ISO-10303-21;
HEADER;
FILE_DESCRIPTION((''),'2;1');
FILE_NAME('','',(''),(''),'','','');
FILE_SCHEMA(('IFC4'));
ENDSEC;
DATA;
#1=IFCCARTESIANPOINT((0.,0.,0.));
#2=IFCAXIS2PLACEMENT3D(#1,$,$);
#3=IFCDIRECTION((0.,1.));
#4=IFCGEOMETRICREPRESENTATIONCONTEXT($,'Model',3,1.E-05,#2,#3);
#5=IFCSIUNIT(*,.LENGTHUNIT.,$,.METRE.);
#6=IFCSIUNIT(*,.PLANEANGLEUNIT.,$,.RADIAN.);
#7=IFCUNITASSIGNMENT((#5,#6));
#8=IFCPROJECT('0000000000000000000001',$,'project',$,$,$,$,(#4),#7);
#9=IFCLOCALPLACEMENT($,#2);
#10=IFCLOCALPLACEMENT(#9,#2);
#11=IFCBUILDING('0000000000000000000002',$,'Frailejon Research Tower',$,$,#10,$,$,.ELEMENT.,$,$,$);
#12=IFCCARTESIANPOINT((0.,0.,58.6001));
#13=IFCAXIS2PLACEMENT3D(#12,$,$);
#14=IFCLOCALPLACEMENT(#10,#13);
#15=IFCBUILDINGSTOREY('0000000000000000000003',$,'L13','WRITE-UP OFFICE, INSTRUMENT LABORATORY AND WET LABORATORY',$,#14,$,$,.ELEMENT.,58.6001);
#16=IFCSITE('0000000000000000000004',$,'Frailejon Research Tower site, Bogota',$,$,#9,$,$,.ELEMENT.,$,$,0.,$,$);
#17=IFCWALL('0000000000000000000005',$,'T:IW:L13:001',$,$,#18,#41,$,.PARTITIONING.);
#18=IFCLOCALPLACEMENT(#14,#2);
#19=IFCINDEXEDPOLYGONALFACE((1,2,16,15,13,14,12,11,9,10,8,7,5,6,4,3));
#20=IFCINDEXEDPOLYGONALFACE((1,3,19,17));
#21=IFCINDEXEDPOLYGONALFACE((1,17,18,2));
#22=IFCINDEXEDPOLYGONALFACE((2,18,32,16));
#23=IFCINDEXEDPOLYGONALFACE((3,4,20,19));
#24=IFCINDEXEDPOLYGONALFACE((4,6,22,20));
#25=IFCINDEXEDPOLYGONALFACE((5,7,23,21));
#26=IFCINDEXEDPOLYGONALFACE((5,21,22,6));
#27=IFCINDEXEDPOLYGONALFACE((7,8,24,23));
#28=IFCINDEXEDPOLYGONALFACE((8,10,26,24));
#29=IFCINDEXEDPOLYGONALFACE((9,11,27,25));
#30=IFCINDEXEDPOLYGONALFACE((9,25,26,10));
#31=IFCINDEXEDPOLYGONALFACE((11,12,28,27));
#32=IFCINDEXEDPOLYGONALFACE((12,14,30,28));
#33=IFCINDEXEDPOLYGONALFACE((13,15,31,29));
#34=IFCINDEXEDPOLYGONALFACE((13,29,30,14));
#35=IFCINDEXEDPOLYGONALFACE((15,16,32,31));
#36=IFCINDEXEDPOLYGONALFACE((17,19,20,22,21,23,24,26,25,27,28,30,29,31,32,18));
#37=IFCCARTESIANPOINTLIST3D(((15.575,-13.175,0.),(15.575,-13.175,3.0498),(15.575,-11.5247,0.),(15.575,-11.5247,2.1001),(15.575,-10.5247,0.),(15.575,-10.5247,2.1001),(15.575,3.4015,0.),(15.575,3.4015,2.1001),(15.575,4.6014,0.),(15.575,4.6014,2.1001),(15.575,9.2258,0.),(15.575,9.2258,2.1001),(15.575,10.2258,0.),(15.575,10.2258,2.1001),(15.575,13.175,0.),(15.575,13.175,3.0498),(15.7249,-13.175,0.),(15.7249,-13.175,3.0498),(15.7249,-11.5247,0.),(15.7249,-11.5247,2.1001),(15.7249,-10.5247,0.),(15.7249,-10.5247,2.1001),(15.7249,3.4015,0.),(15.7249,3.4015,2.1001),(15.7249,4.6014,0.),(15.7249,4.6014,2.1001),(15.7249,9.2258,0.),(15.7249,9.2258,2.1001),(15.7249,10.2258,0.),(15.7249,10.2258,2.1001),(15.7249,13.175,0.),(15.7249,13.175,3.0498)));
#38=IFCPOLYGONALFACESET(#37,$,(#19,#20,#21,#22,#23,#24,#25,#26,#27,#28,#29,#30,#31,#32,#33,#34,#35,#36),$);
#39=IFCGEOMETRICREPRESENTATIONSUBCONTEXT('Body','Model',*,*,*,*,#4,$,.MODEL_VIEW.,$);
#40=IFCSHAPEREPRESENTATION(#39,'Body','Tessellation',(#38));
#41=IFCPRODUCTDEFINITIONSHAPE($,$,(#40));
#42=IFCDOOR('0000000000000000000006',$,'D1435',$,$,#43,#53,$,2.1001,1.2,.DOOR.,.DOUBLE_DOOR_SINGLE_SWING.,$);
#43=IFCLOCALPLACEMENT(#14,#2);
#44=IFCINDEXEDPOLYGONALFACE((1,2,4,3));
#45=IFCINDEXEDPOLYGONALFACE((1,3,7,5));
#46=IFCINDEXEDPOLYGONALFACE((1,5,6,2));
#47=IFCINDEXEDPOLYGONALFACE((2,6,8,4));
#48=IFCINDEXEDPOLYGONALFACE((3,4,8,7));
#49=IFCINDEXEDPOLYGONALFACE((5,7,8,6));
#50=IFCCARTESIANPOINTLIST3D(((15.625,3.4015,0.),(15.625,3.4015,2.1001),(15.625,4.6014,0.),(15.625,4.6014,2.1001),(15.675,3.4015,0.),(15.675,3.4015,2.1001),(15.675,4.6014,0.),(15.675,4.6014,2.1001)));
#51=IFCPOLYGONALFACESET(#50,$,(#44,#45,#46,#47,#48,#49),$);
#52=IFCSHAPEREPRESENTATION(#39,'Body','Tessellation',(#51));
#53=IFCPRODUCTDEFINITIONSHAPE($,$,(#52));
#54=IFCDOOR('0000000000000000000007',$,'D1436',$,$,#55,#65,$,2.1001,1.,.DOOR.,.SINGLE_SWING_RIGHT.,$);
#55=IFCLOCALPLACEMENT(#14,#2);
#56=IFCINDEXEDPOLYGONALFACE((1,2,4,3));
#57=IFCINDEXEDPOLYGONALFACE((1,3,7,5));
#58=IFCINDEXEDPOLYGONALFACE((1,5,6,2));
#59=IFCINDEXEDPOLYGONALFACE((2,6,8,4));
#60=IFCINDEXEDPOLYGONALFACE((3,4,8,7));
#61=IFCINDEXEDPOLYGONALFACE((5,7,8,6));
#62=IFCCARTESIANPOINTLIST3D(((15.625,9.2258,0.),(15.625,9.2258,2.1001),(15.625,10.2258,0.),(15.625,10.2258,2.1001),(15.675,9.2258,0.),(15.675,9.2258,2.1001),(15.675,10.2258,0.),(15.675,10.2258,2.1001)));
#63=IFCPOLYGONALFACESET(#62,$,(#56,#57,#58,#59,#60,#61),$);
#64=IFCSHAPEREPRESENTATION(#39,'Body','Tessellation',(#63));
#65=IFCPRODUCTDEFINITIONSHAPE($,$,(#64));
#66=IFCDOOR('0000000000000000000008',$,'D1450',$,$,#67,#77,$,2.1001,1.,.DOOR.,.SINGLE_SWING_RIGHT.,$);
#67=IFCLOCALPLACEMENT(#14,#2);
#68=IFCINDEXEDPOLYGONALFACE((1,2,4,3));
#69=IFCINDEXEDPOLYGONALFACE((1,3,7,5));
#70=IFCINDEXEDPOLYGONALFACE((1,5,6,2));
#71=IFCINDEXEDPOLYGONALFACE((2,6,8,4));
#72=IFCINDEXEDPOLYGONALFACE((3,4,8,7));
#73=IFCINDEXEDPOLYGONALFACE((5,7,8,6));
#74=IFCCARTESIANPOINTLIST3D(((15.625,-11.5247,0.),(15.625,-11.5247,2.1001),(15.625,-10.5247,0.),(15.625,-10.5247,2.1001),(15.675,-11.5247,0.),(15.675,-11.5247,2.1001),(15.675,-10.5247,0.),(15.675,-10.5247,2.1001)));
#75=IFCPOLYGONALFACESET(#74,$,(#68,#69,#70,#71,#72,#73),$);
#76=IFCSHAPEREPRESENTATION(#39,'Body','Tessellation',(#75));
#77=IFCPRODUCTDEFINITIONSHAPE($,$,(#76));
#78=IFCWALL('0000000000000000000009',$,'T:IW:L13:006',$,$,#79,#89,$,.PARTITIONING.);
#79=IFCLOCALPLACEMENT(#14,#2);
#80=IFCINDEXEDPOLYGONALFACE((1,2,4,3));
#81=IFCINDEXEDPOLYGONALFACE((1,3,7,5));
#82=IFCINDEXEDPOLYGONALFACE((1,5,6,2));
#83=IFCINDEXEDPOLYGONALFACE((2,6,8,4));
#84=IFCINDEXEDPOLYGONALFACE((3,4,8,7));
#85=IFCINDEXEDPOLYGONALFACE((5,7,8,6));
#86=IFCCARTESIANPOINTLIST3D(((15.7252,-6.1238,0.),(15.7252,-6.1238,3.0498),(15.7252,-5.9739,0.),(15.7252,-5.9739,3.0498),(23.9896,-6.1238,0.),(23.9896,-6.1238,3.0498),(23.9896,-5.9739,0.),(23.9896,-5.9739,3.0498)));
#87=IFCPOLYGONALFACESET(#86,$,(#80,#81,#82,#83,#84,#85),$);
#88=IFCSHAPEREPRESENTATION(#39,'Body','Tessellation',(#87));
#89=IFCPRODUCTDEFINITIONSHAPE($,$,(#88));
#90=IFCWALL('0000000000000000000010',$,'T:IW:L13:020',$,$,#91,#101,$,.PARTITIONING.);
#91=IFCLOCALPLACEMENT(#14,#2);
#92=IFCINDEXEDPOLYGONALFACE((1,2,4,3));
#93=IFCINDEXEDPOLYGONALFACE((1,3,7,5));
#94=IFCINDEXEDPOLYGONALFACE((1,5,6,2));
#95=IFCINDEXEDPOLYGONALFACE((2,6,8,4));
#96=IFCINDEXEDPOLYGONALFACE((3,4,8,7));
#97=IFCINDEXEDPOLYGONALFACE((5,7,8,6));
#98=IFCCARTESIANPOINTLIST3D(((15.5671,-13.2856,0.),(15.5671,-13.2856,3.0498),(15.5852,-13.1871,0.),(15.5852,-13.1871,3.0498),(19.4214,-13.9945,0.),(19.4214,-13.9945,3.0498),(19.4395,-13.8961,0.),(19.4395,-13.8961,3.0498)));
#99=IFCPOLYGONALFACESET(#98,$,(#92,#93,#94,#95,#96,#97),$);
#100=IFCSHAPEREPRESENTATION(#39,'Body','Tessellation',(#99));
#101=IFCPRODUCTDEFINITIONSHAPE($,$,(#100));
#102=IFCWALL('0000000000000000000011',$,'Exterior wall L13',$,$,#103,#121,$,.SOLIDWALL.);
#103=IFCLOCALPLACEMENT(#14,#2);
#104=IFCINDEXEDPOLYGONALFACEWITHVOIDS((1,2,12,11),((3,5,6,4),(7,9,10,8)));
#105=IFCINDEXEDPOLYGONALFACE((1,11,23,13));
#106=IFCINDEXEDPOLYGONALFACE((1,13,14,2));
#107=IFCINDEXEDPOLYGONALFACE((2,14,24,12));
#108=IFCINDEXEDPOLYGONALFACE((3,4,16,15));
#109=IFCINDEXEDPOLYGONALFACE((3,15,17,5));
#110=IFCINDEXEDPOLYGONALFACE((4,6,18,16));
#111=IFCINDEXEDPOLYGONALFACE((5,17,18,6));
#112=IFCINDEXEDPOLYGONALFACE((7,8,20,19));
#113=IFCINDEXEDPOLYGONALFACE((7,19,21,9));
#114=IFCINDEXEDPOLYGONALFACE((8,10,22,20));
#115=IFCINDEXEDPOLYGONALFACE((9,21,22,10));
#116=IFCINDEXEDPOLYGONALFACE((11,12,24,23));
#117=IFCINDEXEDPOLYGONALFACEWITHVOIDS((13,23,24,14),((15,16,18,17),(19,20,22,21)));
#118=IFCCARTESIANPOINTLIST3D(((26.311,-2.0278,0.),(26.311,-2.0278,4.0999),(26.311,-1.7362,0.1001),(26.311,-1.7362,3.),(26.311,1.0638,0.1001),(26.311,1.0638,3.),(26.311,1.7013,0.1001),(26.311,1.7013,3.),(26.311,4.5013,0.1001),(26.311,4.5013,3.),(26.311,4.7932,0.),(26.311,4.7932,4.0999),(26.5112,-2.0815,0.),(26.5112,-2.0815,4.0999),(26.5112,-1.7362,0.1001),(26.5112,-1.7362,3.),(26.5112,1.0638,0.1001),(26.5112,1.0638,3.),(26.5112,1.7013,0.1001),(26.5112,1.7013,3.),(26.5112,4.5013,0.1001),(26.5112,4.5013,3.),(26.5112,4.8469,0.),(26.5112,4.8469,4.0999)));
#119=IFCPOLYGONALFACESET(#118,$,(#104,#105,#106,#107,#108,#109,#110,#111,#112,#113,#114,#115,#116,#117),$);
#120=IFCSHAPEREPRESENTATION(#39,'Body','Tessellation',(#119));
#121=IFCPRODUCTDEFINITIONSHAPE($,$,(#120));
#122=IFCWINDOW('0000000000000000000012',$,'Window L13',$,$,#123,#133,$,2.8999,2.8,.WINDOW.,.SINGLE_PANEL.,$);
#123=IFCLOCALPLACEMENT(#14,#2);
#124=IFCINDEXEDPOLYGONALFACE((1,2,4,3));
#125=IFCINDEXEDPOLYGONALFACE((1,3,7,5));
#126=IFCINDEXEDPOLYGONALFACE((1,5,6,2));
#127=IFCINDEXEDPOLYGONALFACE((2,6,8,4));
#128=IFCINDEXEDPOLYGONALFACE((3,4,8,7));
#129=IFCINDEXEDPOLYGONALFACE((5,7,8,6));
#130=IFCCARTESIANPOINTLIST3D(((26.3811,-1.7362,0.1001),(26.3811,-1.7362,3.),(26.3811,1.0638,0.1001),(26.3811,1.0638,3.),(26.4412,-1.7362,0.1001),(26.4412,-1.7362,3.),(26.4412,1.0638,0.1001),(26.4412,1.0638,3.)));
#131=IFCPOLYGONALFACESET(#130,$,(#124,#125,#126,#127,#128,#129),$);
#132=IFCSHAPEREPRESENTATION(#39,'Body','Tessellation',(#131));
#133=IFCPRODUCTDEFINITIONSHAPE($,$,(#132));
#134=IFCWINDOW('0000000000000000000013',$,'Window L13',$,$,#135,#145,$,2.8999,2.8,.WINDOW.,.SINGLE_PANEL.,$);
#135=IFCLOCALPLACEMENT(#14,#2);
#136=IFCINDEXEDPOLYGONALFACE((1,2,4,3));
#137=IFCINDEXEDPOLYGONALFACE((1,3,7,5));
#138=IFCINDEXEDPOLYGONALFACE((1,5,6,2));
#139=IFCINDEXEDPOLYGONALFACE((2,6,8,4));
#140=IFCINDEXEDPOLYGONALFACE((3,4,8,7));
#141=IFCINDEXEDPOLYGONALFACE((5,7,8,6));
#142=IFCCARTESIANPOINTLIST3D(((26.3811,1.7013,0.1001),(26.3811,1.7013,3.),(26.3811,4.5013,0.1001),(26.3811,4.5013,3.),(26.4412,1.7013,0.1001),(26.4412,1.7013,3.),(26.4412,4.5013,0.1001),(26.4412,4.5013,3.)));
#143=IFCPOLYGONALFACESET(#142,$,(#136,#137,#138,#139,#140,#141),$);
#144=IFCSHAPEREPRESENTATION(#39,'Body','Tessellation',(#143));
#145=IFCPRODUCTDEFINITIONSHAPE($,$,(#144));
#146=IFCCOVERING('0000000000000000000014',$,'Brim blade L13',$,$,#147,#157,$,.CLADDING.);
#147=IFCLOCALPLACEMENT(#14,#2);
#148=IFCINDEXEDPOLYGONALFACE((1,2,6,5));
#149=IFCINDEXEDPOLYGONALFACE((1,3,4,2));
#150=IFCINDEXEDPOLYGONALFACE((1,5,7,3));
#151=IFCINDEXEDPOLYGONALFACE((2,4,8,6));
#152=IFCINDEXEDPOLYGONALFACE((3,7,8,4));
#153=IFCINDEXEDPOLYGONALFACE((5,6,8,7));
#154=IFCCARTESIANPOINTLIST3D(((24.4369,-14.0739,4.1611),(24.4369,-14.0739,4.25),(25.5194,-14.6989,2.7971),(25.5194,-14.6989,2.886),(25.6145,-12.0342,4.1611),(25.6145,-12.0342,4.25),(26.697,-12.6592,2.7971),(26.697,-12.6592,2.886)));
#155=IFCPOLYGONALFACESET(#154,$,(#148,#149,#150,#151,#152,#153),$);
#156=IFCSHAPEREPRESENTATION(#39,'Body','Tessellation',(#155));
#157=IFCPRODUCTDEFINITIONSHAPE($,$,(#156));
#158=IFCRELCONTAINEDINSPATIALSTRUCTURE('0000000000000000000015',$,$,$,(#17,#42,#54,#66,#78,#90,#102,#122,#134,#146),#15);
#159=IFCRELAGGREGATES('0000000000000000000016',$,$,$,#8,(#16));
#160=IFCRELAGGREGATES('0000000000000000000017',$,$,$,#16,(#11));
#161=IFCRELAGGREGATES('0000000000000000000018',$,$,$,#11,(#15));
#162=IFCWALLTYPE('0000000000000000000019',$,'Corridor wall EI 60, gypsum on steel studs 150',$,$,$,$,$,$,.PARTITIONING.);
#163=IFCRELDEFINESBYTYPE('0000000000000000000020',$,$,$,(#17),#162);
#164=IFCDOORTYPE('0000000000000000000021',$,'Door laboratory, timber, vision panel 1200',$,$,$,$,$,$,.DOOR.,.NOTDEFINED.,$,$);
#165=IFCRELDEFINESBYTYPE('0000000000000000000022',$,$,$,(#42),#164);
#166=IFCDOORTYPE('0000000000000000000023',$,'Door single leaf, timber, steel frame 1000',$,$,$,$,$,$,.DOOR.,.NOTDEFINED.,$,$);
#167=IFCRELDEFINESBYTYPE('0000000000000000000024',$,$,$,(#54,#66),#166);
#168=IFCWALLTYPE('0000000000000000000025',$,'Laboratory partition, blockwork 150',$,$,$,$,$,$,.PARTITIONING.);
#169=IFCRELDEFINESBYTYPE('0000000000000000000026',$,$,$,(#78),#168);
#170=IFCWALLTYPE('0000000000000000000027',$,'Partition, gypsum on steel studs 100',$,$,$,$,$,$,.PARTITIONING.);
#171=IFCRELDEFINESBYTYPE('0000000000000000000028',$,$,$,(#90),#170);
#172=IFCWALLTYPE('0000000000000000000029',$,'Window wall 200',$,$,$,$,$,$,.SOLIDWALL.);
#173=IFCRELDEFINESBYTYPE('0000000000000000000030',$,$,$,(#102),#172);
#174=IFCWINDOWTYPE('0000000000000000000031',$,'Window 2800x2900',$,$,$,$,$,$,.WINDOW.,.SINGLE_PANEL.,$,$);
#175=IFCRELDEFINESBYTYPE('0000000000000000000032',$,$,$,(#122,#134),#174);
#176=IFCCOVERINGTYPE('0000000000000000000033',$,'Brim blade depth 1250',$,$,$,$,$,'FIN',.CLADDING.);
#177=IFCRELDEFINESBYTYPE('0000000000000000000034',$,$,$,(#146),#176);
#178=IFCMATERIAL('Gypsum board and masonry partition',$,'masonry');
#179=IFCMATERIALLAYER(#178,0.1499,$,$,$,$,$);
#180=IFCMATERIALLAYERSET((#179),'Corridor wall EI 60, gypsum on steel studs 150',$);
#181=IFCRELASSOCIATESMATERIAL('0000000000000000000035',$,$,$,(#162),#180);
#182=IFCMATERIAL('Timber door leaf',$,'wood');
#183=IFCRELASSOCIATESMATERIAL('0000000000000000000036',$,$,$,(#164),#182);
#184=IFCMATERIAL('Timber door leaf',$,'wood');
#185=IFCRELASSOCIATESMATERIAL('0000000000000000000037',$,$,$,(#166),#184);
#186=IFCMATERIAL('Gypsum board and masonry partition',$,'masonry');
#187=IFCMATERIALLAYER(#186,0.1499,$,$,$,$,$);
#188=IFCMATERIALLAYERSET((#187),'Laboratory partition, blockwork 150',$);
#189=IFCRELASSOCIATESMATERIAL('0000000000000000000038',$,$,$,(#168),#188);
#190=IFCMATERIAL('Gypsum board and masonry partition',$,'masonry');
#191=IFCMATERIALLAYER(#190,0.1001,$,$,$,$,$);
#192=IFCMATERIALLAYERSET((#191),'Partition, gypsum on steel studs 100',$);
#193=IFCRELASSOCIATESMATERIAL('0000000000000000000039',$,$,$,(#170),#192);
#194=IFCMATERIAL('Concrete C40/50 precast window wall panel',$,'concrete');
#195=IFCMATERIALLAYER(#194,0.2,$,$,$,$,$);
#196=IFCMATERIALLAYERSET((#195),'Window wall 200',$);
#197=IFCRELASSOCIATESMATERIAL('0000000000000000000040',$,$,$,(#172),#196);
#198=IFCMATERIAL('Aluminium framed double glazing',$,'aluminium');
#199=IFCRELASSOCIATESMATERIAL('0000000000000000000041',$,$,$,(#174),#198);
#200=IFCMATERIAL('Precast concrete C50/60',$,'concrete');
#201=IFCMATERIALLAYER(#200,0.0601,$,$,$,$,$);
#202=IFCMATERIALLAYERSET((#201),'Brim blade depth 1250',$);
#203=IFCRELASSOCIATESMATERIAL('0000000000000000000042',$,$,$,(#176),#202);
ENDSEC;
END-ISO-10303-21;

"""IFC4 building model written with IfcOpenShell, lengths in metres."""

from ifc_helpers import new_model, si_unit, direction, frame, frame_2d, origin, place, context, subcontext, project, spatial, polyline, rectangle, outline, extrude, material, layer, layer_set, type_object, element, fill, save


model = new_model("IFC4")

# Units and contexts
model_context = context("Model", 3, precision=1e-05, world=origin(), true_north=direction((0.0, 1.0)))
body_context = subcontext(model_context, "Body", "Model", "MODEL_VIEW")
ifc_project = project(units=[si_unit("LENGTHUNIT", "METRE"), si_unit("PLANEANGLEUNIT", "RADIAN")], contexts=[model_context])

# Site, building, storey
site_placement = place(None, origin())
site = spatial("IfcSite", under=ifc_project, at=site_placement, Name="Frailejon Research Tower site, Bogota", CompositionType="ELEMENT", RefElevation=0.0)
building_placement = place(site_placement, origin())
building = spatial("IfcBuilding", under=site, at=building_placement, Name="Frailejon Research Tower", CompositionType="ELEMENT")
storey_placement = place(building_placement, frame((0.0, 0.0, 58.6001)))
storey = spatial("IfcBuildingStorey", under=building, at=storey_placement, Name="L13", Description="WRITE-UP OFFICE, INSTRUMENT LABORATORY AND WET LABORATORY", CompositionType="ELEMENT", Elevation=58.6001)

# Wall, openings, doors
ifc_material_1 = material(Name="Gypsum board and masonry partition", Category="masonry")
ifc_layer_1 = layer(ifc_material_1, 0.1499)
ifc_layer_set_1 = layer_set([ifc_layer_1], Name="Corridor wall EI 60, gypsum on steel studs 150")
wall_type_1 = type_object("IfcWallType", Name="Corridor wall EI 60, gypsum on steel studs 150", PredefinedType="PARTITIONING", material=ifc_layer_set_1)
wall_1_placement = place(storey_placement, frame((15.6499, -13.175, 0.0), z_axis=(0.0, 0.0, 1.0), x_axis=(0.0, 1.0, 0.0)))
wall_1 = element("IfcWall", 1, at=wall_1_placement, inside=storey, type_object=wall_type_1, Name="T:IW:L13:001", PredefinedType="PARTITIONING", context=body_context, shape_type="SweptSolid", body=[
    extrude(rectangle(XDim=26.3501, YDim=0.1499, at=frame_2d((13.175, 0.0))), origin(), (0.0, 0.0, 1.0), 3.0498),
])
opening_1_placement = place(wall_1_placement, frame((16.5764, 0.0, 0.0)))
opening_1 = element("IfcOpeningElement", 2, at=opening_1_placement, cuts=wall_1, PredefinedType="OPENING", context=body_context, shape_type="SweptSolid", body=[
    extrude(rectangle(XDim=1.2, YDim=2.1001, at=frame_2d((0.6001, 1.05))), frame((0.0, 0.085, 0.0), z_axis=(0.0, -1.0, 0.0), x_axis=(1.0, 0.0, 0.0)), (0.0, 0.0, 1.0), 0.1699),
])
opening_2_placement = place(wall_1_placement, frame((22.4009, 0.0, 0.0)))
opening_2 = element("IfcOpeningElement", 3, at=opening_2_placement, cuts=wall_1, PredefinedType="OPENING", context=body_context, shape_type="SweptSolid", body=[
    extrude(rectangle(XDim=1.0, YDim=2.1001, at=frame_2d((0.5, 1.05))), frame((0.0, 0.085, 0.0), z_axis=(0.0, -1.0, 0.0), x_axis=(1.0, 0.0, 0.0)), (0.0, 0.0, 1.0), 0.1699),
])
opening_3_placement = place(wall_1_placement, frame((1.6504, 0.0, 0.0)))
opening_3 = element("IfcOpeningElement", 4, at=opening_3_placement, cuts=wall_1, PredefinedType="OPENING", context=body_context, shape_type="SweptSolid", body=[
    extrude(rectangle(XDim=1.0, YDim=2.1001, at=frame_2d((0.5, 1.05))), frame((0.0, 0.085, 0.0), z_axis=(0.0, -1.0, 0.0), x_axis=(1.0, 0.0, 0.0)), (0.0, 0.0, 1.0), 0.1699),
])
ifc_material_2 = material(Name="Timber door leaf", Category="wood")
door_type_1 = type_object("IfcDoorType", Name="Door laboratory, timber, vision panel 1200", OperationType="NOTDEFINED", PredefinedType="DOOR", material=ifc_material_2)
door_1_placement = place(opening_1_placement, origin())
door_1 = element("IfcDoor", 5, at=door_1_placement, inside=storey, type_object=door_type_1, Name="D1435", OperationType="DOUBLE_DOOR_SINGLE_SWING", OverallHeight=2.1001, OverallWidth=1.2, PredefinedType="DOOR", context=body_context, shape_type="SweptSolid", body=[
    extrude(rectangle(XDim=1.2, YDim=2.1001, at=frame_2d((0.6001, 1.05))), frame((0.0, 0.0249, 0.0), z_axis=(0.0, -1.0, 0.0), x_axis=(1.0, 0.0, 0.0)), (0.0, 0.0, 1.0), 0.05),
])
fill(opening_1, door_1)
ifc_material_3 = material(Name="Timber door leaf", Category="wood")
door_type_2 = type_object("IfcDoorType", Name="Door single leaf, timber, steel frame 1000", OperationType="NOTDEFINED", PredefinedType="DOOR", material=ifc_material_3)
door_2_placement = place(opening_2_placement, origin())
door_2 = element("IfcDoor", 6, at=door_2_placement, inside=storey, type_object=door_type_2, Name="D1436", OperationType="SINGLE_SWING_RIGHT", OverallHeight=2.1001, OverallWidth=1.0, PredefinedType="DOOR", context=body_context, shape_type="SweptSolid", body=[
    extrude(rectangle(XDim=1.0, YDim=2.1001, at=frame_2d((0.5, 1.05))), frame((0.0, 0.0249, 0.0), z_axis=(0.0, -1.0, 0.0), x_axis=(1.0, 0.0, 0.0)), (0.0, 0.0, 1.0), 0.05),
])
fill(opening_2, door_2)
door_3_placement = place(opening_3_placement, origin())
door_3 = element("IfcDoor", 7, at=door_3_placement, inside=storey, type_object=door_type_2, Name="D1450", OperationType="SINGLE_SWING_RIGHT", OverallHeight=2.1001, OverallWidth=1.0, PredefinedType="DOOR", context=body_context, shape_type="SweptSolid", body=[
    extrude(rectangle(XDim=1.0, YDim=2.1001, at=frame_2d((0.5, 1.05))), frame((0.0, 0.0249, 0.0), z_axis=(0.0, -1.0, 0.0), x_axis=(1.0, 0.0, 0.0)), (0.0, 0.0, 1.0), 0.05),
])
fill(opening_3, door_3)

# Walls
ifc_material_4 = material(Name="Gypsum board and masonry partition", Category="masonry")
ifc_layer_2 = layer(ifc_material_4, 0.1499)
ifc_layer_set_2 = layer_set([ifc_layer_2], Name="Laboratory partition, blockwork 150")
wall_type_2 = type_object("IfcWallType", Name="Laboratory partition, blockwork 150", PredefinedType="PARTITIONING", material=ifc_layer_set_2)
wall_2_placement = place(storey_placement, frame((15.7251, -6.0488, 0.0), z_axis=(0.0, 0.0, 1.0), x_axis=(1.0, 0.0, 0.0)))
element("IfcWall", 8, at=wall_2_placement, inside=storey, type_object=wall_type_2, Name="T:IW:L13:006", PredefinedType="PARTITIONING", context=body_context, shape_type="SweptSolid", body=[
    extrude(rectangle(XDim=8.2644, YDim=0.1499, at=frame_2d((4.1323, 0.0))), origin(), (0.0, 0.0, 1.0), 3.0498),
])
ifc_material_5 = material(Name="Gypsum board and masonry partition", Category="masonry")
ifc_layer_3 = layer(ifc_material_5, 0.1001)
ifc_layer_set_3 = layer_set([ifc_layer_3], Name="Partition, gypsum on steel studs 100")
wall_type_3 = type_object("IfcWallType", Name="Partition, gypsum on steel studs 100", PredefinedType="PARTITIONING", material=ifc_layer_set_3)
wall_3_placement = place(storey_placement, frame((15.5762, -13.2363, 0.0), z_axis=(0.0, 0.0, 1.0), x_axis=(0.983499, -0.180913, 0.0)))
element("IfcWall", 9, at=wall_3_placement, inside=storey, type_object=wall_type_3, Name="T:IW:L13:020", PredefinedType="PARTITIONING", context=body_context, shape_type="SweptSolid", body=[
    extrude(rectangle(XDim=3.9189, YDim=0.1001, at=frame_2d((1.9595, 0.0))), origin(), (0.0, 0.0, 1.0), 3.0498),
])

# Wall, openings, windows
ifc_material_6 = material(Name="Concrete C40/50 precast window wall panel", Category="concrete")
ifc_layer_4 = layer(ifc_material_6, 0.2)
ifc_layer_set_4 = layer_set([ifc_layer_4], Name="Window wall 200")
wall_type_4 = type_object("IfcWallType", Name="Window wall 200", PredefinedType="SOLIDWALL", material=ifc_layer_set_4)
wall_4_placement = place(storey_placement, frame((26.4111, -2.0547, 0.0), z_axis=(0.0, 0.0, 1.0), x_axis=(0.0, 1.0, 0.0)))
wall_4 = element("IfcWall", 10, at=wall_4_placement, inside=storey, type_object=wall_type_4, Name="Exterior wall L13", PredefinedType="SOLIDWALL", context=body_context, shape_type="SweptSolid", body=[
    extrude(outline(polyline([(-0.0269, -0.1001), (1.1279, -0.1001), (2.2827, -0.1001), (3.4375, -0.1001), (4.592, -0.1001), (5.7468, -0.1001), (6.9016, -0.1001), (6.8479, 0.1001), (5.7109, 0.1001), (4.5742, 0.1001), (3.4375, 0.1001), (2.3005, 0.1001), (1.1636, 0.1001), (0.0269, 0.1001), (-0.0269, -0.1001)])), origin(), (0.0, 0.0, 1.0), 4.0999),
])
opening_4_placement = place(wall_4_placement, frame((0.3186, 0.0, 0.1001)))
opening_4 = element("IfcOpeningElement", 11, at=opening_4_placement, cuts=wall_4, PredefinedType="OPENING", context=body_context, shape_type="SweptSolid", body=[
    extrude(rectangle(XDim=2.8, YDim=2.8999, at=frame_2d((1.3999, 1.45))), frame((0.0, 0.1099, 0.0), z_axis=(0.0, -1.0, 0.0), x_axis=(1.0, 0.0, 0.0)), (0.0, 0.0, 1.0), 0.22),
])
opening_5_placement = place(wall_4_placement, frame((3.7561, 0.0, 0.1001)))
opening_5 = element("IfcOpeningElement", 12, at=opening_5_placement, cuts=wall_4, PredefinedType="OPENING", context=body_context, shape_type="SweptSolid", body=[
    extrude(rectangle(XDim=2.8, YDim=2.8999, at=frame_2d((1.3999, 1.45))), frame((0.0, 0.1099, 0.0), z_axis=(0.0, -1.0, 0.0), x_axis=(1.0, 0.0, 0.0)), (0.0, 0.0, 1.0), 0.22),
])
ifc_material_7 = material(Name="Aluminium framed double glazing", Category="aluminium")
window_type = type_object("IfcWindowType", Name="Window 2800x2900", PartitioningType="SINGLE_PANEL", PredefinedType="WINDOW", material=ifc_material_7)
window_1_placement = place(opening_4_placement, origin())
window_1 = element("IfcWindow", 13, at=window_1_placement, inside=storey, type_object=window_type, Name="Window L13", OverallHeight=2.8999, OverallWidth=2.8, PartitioningType="SINGLE_PANEL", PredefinedType="WINDOW", context=body_context, shape_type="SweptSolid", body=[
    extrude(rectangle(XDim=2.8, YDim=2.8999, at=frame_2d((1.3999, 1.45))), frame((0.0, 0.03, 0.0), z_axis=(0.0, -1.0, 0.0), x_axis=(1.0, 0.0, 0.0)), (0.0, 0.0, 1.0), 0.0601),
])
fill(opening_4, window_1)
window_2_placement = place(opening_5_placement, origin())
window_2 = element("IfcWindow", 14, at=window_2_placement, inside=storey, type_object=window_type, Name="Window L13", OverallHeight=2.8999, OverallWidth=2.8, PartitioningType="SINGLE_PANEL", PredefinedType="WINDOW", context=body_context, shape_type="SweptSolid", body=[
    extrude(rectangle(XDim=2.8, YDim=2.8999, at=frame_2d((1.3999, 1.45))), frame((0.0, 0.03, 0.0), z_axis=(0.0, -1.0, 0.0), x_axis=(1.0, 0.0, 0.0)), (0.0, 0.0, 1.0), 0.0601),
])
fill(opening_5, window_2)

# Covering
ifc_material_8 = material(Name="Precast concrete C50/60", Category="concrete")
ifc_layer_5 = layer(ifc_material_8, 0.0601)
ifc_layer_set_5 = layer_set([ifc_layer_5], Name="Brim blade depth 1250")
covering_type_1 = type_object("IfcCoveringType", Name="Brim blade depth 1250", ElementType="FIN", PredefinedType="CLADDING", material=ifc_layer_set_5)
for number, where, z_axis, x_axis, name in (
    (15, (25.6145, -12.0342, 4.25), (-0.500006, -0.866022, 0.0), (0.866022, -0.500006, 0.0), "Brim blade L13"),
):
    element("IfcCovering", number, at=place(storey_placement, frame(where, z_axis=z_axis, x_axis=x_axis)), inside=storey, type_object=covering_type_1, Name=name, PredefinedType="CLADDING", context=body_context, shape_type="SweptSolid", body=[
        extrude(outline(polyline([(0.0, -0.0889), (1.25, -1.4529), (1.25, -1.364), (0.0, 0.0), (0.0, -0.0889)])), origin(), (0.0, 0.0, 1.0), 2.3552),
    ])

save(model, "model.ifc")
